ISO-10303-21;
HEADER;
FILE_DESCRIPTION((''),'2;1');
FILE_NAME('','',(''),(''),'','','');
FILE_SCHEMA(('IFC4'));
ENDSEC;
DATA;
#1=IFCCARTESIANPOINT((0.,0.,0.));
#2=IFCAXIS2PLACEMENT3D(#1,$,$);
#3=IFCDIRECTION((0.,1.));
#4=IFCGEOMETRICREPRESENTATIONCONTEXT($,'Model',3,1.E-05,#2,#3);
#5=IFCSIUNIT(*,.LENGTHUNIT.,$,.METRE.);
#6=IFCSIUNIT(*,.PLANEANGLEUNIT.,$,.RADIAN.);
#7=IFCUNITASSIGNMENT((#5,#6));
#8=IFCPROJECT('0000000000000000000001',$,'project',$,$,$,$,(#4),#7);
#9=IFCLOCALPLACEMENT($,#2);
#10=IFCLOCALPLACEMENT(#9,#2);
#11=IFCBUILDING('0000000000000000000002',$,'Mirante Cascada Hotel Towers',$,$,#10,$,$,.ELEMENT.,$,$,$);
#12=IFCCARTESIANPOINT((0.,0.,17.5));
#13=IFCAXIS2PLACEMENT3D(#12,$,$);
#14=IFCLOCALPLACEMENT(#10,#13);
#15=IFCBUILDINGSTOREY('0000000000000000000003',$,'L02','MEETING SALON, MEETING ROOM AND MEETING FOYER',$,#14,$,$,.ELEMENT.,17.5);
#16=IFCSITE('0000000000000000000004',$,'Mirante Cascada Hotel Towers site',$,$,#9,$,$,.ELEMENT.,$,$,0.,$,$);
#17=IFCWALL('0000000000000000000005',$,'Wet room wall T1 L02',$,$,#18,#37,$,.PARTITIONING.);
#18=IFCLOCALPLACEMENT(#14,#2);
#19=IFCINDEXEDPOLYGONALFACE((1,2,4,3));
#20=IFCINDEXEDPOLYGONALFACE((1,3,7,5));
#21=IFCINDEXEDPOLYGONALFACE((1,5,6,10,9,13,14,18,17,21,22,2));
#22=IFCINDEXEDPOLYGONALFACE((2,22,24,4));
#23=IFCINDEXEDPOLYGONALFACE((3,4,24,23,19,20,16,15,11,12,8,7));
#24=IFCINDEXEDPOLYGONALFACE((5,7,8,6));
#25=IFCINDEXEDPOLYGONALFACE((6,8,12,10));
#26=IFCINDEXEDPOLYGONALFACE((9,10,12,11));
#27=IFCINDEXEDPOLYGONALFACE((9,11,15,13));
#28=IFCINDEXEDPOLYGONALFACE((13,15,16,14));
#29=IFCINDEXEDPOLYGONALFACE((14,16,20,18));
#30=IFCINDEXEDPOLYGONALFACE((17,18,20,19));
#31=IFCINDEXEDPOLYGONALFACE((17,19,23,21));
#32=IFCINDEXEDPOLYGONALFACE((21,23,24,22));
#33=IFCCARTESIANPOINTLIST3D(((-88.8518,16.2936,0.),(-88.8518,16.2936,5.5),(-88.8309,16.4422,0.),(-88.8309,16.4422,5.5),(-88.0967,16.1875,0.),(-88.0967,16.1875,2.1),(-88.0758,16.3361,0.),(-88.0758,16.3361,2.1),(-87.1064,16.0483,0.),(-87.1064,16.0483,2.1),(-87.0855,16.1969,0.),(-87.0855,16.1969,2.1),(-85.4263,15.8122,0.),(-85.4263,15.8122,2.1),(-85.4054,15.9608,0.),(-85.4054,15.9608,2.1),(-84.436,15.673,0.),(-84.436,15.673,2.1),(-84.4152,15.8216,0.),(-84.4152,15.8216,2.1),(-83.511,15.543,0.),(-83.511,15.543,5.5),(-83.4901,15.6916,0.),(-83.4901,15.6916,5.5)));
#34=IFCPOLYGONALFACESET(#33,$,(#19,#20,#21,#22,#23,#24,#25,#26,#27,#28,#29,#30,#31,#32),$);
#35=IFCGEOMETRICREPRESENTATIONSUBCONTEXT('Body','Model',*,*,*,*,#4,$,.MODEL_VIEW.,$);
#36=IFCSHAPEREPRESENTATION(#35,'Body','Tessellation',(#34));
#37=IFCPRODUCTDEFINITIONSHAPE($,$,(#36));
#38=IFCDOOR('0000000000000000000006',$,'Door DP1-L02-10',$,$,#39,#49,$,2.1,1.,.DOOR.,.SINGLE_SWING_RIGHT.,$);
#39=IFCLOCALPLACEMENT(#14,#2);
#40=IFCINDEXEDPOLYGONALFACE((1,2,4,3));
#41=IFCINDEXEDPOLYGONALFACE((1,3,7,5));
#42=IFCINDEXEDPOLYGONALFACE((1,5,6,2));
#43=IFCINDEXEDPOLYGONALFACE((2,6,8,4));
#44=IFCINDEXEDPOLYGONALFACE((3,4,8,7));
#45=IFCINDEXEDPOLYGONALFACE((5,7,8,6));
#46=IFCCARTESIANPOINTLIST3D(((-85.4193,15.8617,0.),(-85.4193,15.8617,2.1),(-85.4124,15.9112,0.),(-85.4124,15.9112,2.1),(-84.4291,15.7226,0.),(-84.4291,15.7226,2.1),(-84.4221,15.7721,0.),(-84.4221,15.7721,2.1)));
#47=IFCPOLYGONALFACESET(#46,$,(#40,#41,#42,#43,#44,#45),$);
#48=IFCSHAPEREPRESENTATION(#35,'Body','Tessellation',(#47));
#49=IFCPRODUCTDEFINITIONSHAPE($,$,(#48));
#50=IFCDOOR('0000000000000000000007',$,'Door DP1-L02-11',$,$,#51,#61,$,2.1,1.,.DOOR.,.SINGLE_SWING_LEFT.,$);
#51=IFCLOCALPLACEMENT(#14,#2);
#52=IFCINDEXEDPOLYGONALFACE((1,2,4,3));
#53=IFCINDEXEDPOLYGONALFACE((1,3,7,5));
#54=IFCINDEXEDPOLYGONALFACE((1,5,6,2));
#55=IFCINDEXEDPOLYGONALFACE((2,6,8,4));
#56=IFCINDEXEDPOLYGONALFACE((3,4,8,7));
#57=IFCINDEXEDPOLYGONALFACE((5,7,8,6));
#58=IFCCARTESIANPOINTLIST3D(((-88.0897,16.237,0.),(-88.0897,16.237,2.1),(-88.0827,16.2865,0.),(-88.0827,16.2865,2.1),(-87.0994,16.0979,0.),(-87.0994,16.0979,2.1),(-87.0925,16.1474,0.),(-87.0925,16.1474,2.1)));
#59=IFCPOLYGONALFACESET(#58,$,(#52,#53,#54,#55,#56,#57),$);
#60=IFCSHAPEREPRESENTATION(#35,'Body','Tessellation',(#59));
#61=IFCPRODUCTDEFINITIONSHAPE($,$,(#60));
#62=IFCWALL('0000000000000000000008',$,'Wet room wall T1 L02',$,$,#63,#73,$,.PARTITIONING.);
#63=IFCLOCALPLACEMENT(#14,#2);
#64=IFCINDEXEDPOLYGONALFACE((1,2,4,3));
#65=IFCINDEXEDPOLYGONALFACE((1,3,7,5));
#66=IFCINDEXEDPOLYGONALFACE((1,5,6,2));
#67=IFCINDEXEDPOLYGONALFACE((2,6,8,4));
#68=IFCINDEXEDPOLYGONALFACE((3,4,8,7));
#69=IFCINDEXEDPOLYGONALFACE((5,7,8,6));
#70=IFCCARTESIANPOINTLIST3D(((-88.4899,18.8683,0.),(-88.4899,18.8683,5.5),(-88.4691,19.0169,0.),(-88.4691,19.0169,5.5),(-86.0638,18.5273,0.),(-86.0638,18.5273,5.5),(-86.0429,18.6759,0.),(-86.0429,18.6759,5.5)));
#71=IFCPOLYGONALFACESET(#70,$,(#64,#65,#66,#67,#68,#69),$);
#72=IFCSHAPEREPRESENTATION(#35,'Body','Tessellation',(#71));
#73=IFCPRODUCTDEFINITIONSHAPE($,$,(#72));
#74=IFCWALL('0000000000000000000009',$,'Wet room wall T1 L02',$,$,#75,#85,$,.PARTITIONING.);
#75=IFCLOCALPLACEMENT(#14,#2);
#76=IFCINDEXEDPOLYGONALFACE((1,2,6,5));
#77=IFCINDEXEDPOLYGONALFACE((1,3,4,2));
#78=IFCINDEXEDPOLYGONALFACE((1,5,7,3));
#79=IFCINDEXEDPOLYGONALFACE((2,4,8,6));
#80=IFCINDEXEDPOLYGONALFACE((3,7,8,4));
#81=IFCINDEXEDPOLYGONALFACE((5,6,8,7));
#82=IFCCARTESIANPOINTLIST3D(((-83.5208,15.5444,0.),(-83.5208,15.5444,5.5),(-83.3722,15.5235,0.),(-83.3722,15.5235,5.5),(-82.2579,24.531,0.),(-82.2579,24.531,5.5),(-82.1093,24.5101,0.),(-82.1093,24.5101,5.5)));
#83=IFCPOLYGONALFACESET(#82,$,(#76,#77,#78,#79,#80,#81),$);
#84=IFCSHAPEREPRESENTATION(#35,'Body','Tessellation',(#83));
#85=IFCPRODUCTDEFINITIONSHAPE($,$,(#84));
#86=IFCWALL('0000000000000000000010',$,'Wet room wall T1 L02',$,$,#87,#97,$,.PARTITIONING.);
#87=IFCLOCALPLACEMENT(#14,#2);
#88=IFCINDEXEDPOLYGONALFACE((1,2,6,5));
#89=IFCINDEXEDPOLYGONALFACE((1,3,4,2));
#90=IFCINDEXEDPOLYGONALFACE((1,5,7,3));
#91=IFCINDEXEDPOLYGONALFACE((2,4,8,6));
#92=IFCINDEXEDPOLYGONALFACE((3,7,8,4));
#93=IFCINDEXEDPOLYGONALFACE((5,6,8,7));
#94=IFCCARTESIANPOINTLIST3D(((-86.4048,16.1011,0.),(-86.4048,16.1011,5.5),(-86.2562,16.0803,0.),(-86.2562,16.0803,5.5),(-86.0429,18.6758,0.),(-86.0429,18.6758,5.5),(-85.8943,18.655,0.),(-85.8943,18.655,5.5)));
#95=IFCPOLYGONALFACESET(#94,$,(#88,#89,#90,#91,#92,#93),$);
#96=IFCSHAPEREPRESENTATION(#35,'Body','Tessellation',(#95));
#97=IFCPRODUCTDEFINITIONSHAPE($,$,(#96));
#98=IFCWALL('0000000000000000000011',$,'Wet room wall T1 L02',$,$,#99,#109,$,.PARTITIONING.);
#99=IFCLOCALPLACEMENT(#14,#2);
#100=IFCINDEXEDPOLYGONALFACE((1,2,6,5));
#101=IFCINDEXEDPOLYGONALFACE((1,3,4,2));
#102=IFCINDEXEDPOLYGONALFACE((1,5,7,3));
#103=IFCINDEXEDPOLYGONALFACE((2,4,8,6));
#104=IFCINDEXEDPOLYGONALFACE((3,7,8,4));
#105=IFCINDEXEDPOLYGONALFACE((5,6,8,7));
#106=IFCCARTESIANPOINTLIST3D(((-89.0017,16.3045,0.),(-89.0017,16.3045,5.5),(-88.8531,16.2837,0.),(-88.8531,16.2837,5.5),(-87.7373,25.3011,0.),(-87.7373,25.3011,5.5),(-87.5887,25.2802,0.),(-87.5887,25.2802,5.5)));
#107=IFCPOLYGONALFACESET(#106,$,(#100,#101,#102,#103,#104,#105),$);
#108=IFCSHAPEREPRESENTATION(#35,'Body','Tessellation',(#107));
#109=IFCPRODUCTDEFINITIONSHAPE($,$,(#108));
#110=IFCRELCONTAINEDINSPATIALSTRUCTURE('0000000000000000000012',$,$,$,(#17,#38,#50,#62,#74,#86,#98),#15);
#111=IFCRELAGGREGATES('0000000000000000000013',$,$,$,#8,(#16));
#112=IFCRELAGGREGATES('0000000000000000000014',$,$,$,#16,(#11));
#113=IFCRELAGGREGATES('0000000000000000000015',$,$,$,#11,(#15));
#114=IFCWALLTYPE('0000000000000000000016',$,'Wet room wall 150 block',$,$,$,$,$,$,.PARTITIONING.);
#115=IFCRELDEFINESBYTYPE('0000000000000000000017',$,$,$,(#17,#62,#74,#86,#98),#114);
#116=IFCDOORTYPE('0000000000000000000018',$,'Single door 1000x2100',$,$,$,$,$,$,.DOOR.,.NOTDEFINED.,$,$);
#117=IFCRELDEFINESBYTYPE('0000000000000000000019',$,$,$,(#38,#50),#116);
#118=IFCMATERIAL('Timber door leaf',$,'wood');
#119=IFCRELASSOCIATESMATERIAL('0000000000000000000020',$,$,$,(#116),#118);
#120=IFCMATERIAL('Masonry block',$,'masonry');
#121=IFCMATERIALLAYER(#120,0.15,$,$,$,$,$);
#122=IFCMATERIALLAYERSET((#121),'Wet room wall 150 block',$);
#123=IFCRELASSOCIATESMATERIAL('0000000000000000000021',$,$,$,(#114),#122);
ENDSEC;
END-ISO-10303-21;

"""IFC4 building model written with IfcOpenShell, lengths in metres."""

from ifc_helpers import new_model, si_unit, direction, frame, frame_2d, origin, place, context, subcontext, project, spatial, rectangle, extrude, material, layer, layer_set, type_object, element, fill, save


model = new_model("IFC4")

# Units and contexts
model_context = context("Model", 3, precision=1e-05, world=origin(), true_north=direction((0.0, 1.0)))
body_context = subcontext(model_context, "Body", "Model", "MODEL_VIEW")
ifc_project = project(units=[si_unit("LENGTHUNIT", "METRE"), si_unit("PLANEANGLEUNIT", "RADIAN")], contexts=[model_context])

# Site, building, storey
site_placement = place(None, origin())
site = spatial("IfcSite", under=ifc_project, at=site_placement, Name="Mirante Cascada Hotel Towers site", CompositionType="ELEMENT", RefElevation=0.0)
building_placement = place(site_placement, origin())
building = spatial("IfcBuilding", under=site, at=building_placement, Name="Mirante Cascada Hotel Towers", CompositionType="ELEMENT")
storey_placement = place(building_placement, frame((0.0, 0.0, 17.5)))
storey = spatial("IfcBuildingStorey", under=building, at=storey_placement, Name="L02", Description="MEETING SALON, MEETING ROOM AND MEETING FOYER", CompositionType="ELEMENT", Elevation=17.5)

# Shared definitions
ifc_material_1 = material(Name="Timber door leaf", Category="wood")
door_type = type_object("IfcDoorType", Name="Single door 1000x2100", OperationType="NOTDEFINED", PredefinedType="DOOR", material=ifc_material_1)

# Wall, openings, doors
ifc_material_2 = material(Name="Masonry block", Category="masonry")
ifc_layer_1 = layer(ifc_material_2, 0.15)
ifc_layer_set_1 = layer_set([ifc_layer_1], Name="Wet room wall 150 block")
wall_type_1 = type_object("IfcWallType", Name="Wet room wall 150 block", PredefinedType="PARTITIONING", material=ifc_layer_set_1)
wall_1_placement = place(storey_placement, frame((-88.8413, 16.3679, 0.0), z_axis=(0.0, 0.0, 1.0), x_axis=(0.990268, -0.139173, 0.0)))
wall_1 = element("IfcWall", 1, at=wall_1_placement, inside=storey, type_object=wall_type_1, Name="Wet room wall T1 L02", PredefinedType="PARTITIONING", context=body_context, shape_type="SweptSolid", body=[
    extrude(rectangle(XDim=5.3933, YDim=0.15, at=frame_2d((2.6966, 0.0))), origin(), (0.0, 0.0, 1.0), 5.5),
])
opening_1_placement = place(wall_1_placement, frame((3.4591, 0.0, 0.0)))
opening_1 = element("IfcOpeningElement", 2, at=opening_1_placement, cuts=wall_1, PredefinedType="OPENING", context=body_context, shape_type="SweptSolid", body=[
    extrude(rectangle(XDim=1.0, YDim=2.1, at=frame_2d((0.5, 1.05))), frame((0.0, 0.075, 0.0), z_axis=(0.0, -1.0, 0.0), x_axis=(1.0, 0.0, 0.0)), (0.0, 0.0, 1.0), 0.15),
])
opening_2_placement = place(wall_1_placement, frame((0.7625, 0.0, 0.0)))
opening_2 = element("IfcOpeningElement", 3, at=opening_2_placement, cuts=wall_1, PredefinedType="OPENING", context=body_context, shape_type="SweptSolid", body=[
    extrude(rectangle(XDim=1.0, YDim=2.1, at=frame_2d((0.5, 1.05))), frame((0.0, 0.075, 0.0), z_axis=(0.0, -1.0, 0.0), x_axis=(1.0, 0.0, 0.0)), (0.0, 0.0, 1.0), 0.15),
])
door_1_placement = place(opening_1_placement, origin())
door_1 = element("IfcDoor", 4, at=door_1_placement, inside=storey, type_object=door_type, Name="Door DP1-L02-10", OperationType="SINGLE_SWING_RIGHT", OverallHeight=2.1, OverallWidth=1.0, PredefinedType="DOOR", context=body_context, shape_type="SweptSolid", body=[
    extrude(rectangle(XDim=1.0, YDim=2.1, at=frame_2d((0.5, 1.05))), frame((0.0, 0.025, 0.0), z_axis=(0.0, -1.0, 0.0), x_axis=(1.0, 0.0, 0.0)), (0.0, 0.0, 1.0), 0.05),
])
fill(opening_1, door_1)
door_2_placement = place(opening_2_placement, origin())
door_2 = element("IfcDoor", 5, at=door_2_placement, inside=storey, type_object=door_type, Name="Door DP1-L02-11", OperationType="SINGLE_SWING_LEFT", OverallHeight=2.1, OverallWidth=1.0, PredefinedType="DOOR", context=body_context, shape_type="SweptSolid", body=[
    extrude(rectangle(XDim=1.0, YDim=2.1, at=frame_2d((0.5, 1.05))), frame((0.0, 0.025, 0.0), z_axis=(0.0, -1.0, 0.0), x_axis=(1.0, 0.0, 0.0)), (0.0, 0.0, 1.0), 0.05),
])
fill(opening_2, door_2)

# Walls
wall_2_placement = place(storey_placement, frame((-88.4795, 18.9426, 0.0), z_axis=(0.0, 0.0, 1.0), x_axis=(0.990267, -0.139181, 0.0)))
element("IfcWall", 6, at=wall_2_placement, inside=storey, type_object=wall_type_1, Name="Wet room wall T1 L02", PredefinedType="PARTITIONING", context=body_context, shape_type="SweptSolid", body=[
    extrude(rectangle(XDim=2.45, YDim=0.15, at=frame_2d((1.225, 0.0))), origin(), (0.0, 0.0, 1.0), 5.5),
])
wall_3_placement = place(storey_placement, frame((-83.4465, 15.534, 0.0), z_axis=(0.0, 0.0, 1.0), x_axis=(0.139164, 0.990269, 0.0)))
element("IfcWall", 7, at=wall_3_placement, inside=storey, type_object=wall_type_1, Name="Wet room wall T1 L02", PredefinedType="PARTITIONING", context=body_context, shape_type="SweptSolid", body=[
    extrude(rectangle(XDim=9.0749, YDim=0.15, at=frame_2d((4.5374, 0.0))), origin(), (0.0, 0.0, 1.0), 5.5),
])
wall_4_placement = place(storey_placement, frame((-86.3305, 16.0907, 0.0), z_axis=(0.0, 0.0, 1.0), x_axis=(0.139192, 0.990265, 0.0)))
element("IfcWall", 8, at=wall_4_placement, inside=storey, type_object=wall_type_1, Name="Wet room wall T1 L02", PredefinedType="PARTITIONING", context=body_context, shape_type="SweptSolid", body=[
    extrude(rectangle(XDim=2.6, YDim=0.15, at=frame_2d((1.3, 0.0))), origin(), (0.0, 0.0, 1.0), 5.5),
])
wall_5_placement = place(storey_placement, frame((-88.9274, 16.2941, 0.0), z_axis=(0.0, 0.0, 1.0), x_axis=(0.139174, 0.990268, 0.0)))
element("IfcWall", 9, at=wall_5_placement, inside=storey, type_object=wall_type_1, Name="Wet room wall T1 L02", PredefinedType="PARTITIONING", context=body_context, shape_type="SweptSolid", body=[
    extrude(rectangle(XDim=9.085, YDim=0.15, at=frame_2d((4.5425, 0.0))), origin(), (0.0, 0.0, 1.0), 5.5),
])

save(model, "model.ifc")
